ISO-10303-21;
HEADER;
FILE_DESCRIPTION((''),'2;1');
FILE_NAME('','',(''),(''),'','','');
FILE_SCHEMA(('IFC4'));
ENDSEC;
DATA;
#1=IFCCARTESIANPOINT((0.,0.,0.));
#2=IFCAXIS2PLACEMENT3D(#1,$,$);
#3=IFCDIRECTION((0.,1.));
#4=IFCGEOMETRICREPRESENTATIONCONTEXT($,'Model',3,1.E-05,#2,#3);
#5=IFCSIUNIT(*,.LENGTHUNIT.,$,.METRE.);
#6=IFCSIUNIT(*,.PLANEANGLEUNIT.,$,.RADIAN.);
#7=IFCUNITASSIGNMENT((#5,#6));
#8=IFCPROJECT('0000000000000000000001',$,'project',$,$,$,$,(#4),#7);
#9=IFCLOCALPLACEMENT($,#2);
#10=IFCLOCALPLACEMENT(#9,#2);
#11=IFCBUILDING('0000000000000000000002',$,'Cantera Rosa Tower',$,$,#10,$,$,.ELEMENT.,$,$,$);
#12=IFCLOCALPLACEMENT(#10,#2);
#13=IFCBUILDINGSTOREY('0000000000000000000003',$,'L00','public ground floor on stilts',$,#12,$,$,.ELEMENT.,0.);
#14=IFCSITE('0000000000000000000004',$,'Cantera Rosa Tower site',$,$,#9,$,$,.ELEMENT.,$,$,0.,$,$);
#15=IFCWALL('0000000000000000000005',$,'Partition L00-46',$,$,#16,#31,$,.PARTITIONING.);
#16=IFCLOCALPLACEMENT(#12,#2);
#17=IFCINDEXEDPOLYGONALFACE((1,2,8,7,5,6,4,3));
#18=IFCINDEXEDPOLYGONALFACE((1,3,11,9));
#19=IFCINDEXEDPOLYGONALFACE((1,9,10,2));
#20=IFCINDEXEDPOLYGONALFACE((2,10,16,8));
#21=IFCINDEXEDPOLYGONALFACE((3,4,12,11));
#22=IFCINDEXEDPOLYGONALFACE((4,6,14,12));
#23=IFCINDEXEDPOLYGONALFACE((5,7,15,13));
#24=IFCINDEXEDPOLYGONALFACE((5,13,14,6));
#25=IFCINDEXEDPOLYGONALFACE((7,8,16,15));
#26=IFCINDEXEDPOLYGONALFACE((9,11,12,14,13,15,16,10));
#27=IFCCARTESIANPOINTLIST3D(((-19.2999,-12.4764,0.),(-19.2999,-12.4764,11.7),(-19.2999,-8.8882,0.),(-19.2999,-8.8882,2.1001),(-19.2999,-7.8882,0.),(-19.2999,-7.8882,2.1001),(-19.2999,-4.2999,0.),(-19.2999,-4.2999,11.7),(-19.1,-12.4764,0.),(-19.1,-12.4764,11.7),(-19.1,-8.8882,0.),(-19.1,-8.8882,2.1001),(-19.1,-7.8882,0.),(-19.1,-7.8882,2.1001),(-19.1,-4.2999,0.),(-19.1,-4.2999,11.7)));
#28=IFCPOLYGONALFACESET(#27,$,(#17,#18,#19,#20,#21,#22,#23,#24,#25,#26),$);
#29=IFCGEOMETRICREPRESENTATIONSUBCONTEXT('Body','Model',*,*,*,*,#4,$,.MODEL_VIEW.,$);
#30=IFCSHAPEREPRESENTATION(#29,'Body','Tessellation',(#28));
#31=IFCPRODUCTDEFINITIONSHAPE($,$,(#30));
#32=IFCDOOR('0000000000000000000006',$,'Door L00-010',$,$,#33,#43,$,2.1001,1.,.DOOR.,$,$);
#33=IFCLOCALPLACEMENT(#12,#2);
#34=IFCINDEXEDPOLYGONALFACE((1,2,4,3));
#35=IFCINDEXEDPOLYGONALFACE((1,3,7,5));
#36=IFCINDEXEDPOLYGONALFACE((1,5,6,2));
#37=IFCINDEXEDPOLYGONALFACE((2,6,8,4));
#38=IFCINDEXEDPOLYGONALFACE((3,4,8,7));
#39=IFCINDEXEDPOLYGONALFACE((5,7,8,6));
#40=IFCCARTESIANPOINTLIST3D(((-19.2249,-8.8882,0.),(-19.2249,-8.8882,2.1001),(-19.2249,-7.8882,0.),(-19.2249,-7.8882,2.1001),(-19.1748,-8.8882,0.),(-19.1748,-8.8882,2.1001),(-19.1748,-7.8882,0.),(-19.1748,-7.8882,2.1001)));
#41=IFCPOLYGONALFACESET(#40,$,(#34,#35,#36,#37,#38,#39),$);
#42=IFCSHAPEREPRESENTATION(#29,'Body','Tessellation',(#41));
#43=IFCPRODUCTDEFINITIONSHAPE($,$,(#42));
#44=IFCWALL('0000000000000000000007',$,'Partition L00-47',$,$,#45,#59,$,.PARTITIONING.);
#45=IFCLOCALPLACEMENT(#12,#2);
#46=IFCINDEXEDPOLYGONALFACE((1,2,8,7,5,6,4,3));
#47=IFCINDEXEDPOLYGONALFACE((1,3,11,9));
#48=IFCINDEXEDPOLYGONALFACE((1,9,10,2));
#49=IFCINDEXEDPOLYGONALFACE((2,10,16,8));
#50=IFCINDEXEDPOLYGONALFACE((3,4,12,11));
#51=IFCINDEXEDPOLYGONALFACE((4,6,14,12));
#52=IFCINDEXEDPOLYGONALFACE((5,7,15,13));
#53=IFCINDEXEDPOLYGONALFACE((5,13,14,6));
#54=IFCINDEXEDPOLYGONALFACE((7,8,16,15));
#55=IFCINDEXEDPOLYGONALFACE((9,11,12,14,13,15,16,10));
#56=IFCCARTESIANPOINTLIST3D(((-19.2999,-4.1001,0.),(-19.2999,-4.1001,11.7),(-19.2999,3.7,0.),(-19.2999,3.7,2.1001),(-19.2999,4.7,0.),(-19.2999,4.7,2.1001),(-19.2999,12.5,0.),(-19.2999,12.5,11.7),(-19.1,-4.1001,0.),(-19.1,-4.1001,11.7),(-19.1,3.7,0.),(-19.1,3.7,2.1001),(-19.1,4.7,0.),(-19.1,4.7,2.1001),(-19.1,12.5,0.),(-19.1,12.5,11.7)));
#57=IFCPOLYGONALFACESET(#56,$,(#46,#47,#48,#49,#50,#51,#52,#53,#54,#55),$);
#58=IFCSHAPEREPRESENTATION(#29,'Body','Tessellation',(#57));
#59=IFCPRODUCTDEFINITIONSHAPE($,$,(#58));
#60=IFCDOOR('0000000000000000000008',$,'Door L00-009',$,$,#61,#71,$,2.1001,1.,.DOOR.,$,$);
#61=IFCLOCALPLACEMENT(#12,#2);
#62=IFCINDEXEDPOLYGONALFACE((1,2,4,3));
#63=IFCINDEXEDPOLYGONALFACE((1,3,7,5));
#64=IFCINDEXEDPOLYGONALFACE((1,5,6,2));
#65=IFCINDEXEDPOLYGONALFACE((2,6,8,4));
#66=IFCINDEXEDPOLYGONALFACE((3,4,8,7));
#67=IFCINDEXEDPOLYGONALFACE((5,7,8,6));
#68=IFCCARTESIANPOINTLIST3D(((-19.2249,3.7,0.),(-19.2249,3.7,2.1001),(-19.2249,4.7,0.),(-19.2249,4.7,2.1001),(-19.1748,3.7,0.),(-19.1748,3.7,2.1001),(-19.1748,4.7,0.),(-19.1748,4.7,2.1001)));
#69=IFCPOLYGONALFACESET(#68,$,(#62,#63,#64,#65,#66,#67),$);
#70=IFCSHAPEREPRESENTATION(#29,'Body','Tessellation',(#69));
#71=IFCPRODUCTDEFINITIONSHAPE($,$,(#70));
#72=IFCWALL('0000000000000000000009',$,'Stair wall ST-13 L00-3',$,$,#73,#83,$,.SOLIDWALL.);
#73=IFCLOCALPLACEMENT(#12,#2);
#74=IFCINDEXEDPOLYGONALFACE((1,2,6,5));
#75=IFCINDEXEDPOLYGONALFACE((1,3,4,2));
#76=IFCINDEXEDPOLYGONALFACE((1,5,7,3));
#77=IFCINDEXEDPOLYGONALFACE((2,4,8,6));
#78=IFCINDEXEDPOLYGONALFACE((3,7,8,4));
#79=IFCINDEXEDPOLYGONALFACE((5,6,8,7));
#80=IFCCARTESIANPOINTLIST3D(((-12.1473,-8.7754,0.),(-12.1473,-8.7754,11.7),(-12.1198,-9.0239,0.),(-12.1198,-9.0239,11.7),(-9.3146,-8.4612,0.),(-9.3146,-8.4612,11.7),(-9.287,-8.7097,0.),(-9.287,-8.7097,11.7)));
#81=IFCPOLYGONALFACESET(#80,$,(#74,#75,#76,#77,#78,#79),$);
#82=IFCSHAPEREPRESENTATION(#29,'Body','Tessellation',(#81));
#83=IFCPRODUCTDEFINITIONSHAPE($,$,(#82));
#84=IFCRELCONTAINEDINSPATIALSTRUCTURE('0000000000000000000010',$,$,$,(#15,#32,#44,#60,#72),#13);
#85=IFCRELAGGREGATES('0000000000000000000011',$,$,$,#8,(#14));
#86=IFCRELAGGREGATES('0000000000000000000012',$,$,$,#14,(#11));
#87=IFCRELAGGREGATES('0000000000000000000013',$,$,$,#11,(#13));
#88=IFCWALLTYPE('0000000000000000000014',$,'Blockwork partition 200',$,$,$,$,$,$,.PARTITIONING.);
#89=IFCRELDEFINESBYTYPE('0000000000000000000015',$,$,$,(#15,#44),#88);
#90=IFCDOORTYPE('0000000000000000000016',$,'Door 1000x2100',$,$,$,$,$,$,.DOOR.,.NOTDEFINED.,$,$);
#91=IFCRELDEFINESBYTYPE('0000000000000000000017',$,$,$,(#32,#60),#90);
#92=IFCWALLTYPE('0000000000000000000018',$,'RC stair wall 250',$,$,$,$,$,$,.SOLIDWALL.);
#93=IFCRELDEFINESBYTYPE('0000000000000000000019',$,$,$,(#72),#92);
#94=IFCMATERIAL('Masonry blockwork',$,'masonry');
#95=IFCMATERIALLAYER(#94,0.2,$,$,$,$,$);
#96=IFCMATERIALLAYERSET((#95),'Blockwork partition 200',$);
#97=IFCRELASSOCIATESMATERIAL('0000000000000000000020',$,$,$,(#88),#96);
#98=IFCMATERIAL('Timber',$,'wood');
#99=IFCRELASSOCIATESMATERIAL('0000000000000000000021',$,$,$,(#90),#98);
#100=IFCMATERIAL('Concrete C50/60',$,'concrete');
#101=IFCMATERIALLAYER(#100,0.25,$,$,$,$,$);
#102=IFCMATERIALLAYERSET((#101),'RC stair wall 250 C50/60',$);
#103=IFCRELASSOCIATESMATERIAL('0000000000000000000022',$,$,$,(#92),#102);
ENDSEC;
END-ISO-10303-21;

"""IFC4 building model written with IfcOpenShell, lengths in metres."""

from ifc_helpers import new_model, si_unit, direction, frame, frame_2d, origin, place, context, subcontext, project, spatial, rectangle, extrude, material, layer, layer_set, type_object, element, fill, save


model = new_model("IFC4")

# Units and contexts
model_context = context("Model", 3, precision=1e-05, world=origin(), true_north=direction((0.0, 1.0)))
body_context = subcontext(model_context, "Body", "Model", "MODEL_VIEW")
ifc_project = project(units=[si_unit("LENGTHUNIT", "METRE"), si_unit("PLANEANGLEUNIT", "RADIAN")], contexts=[model_context])

# Site, building, storey
site_placement = place(None, origin())
site = spatial("IfcSite", under=ifc_project, at=site_placement, Name="Cantera Rosa Tower site", CompositionType="ELEMENT", RefElevation=0.0)
building_placement = place(site_placement, origin())
building = spatial("IfcBuilding", under=site, at=building_placement, Name="Cantera Rosa Tower", CompositionType="ELEMENT")
storey_placement = place(building_placement, origin())
storey = spatial("IfcBuildingStorey", under=building, at=storey_placement, Name="L00", Description="public ground floor on stilts", CompositionType="ELEMENT", Elevation=0.0)

# Shared definitions
ifc_material_1 = material(Name="Masonry blockwork", Category="masonry")
ifc_layer_1 = layer(ifc_material_1, 0.2)
ifc_layer_set_1 = layer_set([ifc_layer_1], Name="Blockwork partition 200")
wall_type_1 = type_object("IfcWallType", Name="Blockwork partition 200", PredefinedType="PARTITIONING", material=ifc_layer_set_1)

# Shared definitions
ifc_material_2 = material(Name="Timber", Category="wood")
door_type = type_object("IfcDoorType", Name="Door 1000x2100", OperationType="NOTDEFINED", PredefinedType="DOOR", material=ifc_material_2)

# Walls, openings, doors
wall_1_placement = place(storey_placement, frame((-19.2, -12.4766, 0.0), z_axis=(0.0, 0.0, 1.0), x_axis=(0.0, 1.0, 0.0)))
wall_1 = element("IfcWall", 1, at=wall_1_placement, inside=storey, type_object=wall_type_1, Name="Partition L00-46", PredefinedType="PARTITIONING", context=body_context, shape_type="SweptSolid", body=[
    extrude(rectangle(XDim=8.1765, YDim=0.2, at=frame_2d((4.0884, 0.0))), origin(), (0.0, 0.0, 1.0), 11.7),
])
opening_1_placement = place(wall_1_placement, frame((3.5884, 0.0, 0.0)))
opening_1 = element("IfcOpeningElement", 2, at=opening_1_placement, cuts=wall_1, PredefinedType="OPENING", context=body_context, shape_type="SweptSolid", body=[
    extrude(rectangle(XDim=1.0, YDim=2.1001, at=frame_2d((0.5, 1.05))), frame((0.0, 0.1099, 0.0), z_axis=(0.0, -1.0, 0.0), x_axis=(1.0, 0.0, 0.0)), (0.0, 0.0, 1.0), 0.22),
])
door_1_placement = place(opening_1_placement, origin())
door_1 = element("IfcDoor", 3, at=door_1_placement, inside=storey, type_object=door_type, Name="Door L00-010", OverallHeight=2.1001, OverallWidth=1.0, PredefinedType="DOOR", context=body_context, shape_type="SweptSolid", body=[
    extrude(rectangle(XDim=1.0, YDim=2.1001, at=frame_2d((0.5, 1.05))), frame((0.0, 0.0249, 0.0), z_axis=(0.0, -1.0, 0.0), x_axis=(1.0, 0.0, 0.0)), (0.0, 0.0, 1.0), 0.05),
])
fill(opening_1, door_1)
wall_2_placement = place(storey_placement, frame((-19.2, -4.1001, 0.0), z_axis=(0.0, 0.0, 1.0), x_axis=(0.0, 1.0, 0.0)))
wall_2 = element("IfcWall", 4, at=wall_2_placement, inside=storey, type_object=wall_type_1, Name="Partition L00-47", PredefinedType="PARTITIONING", context=body_context, shape_type="SweptSolid", body=[
    extrude(rectangle(XDim=16.6001, YDim=0.2, at=frame_2d((8.3, 0.0))), origin(), (0.0, 0.0, 1.0), 11.7),
])
opening_2_placement = place(wall_2_placement, frame((7.8, 0.0, 0.0)))
opening_2 = element("IfcOpeningElement", 5, at=opening_2_placement, cuts=wall_2, PredefinedType="OPENING", context=body_context, shape_type="SweptSolid", body=[
    extrude(rectangle(XDim=1.0, YDim=2.1001, at=frame_2d((0.5, 1.05))), frame((0.0, 0.1099, 0.0), z_axis=(0.0, -1.0, 0.0), x_axis=(1.0, 0.0, 0.0)), (0.0, 0.0, 1.0), 0.22),
])
door_2_placement = place(opening_2_placement, origin())
door_2 = element("IfcDoor", 6, at=door_2_placement, inside=storey, type_object=door_type, Name="Door L00-009", OverallHeight=2.1001, OverallWidth=1.0, PredefinedType="DOOR", context=body_context, shape_type="SweptSolid", body=[
    extrude(rectangle(XDim=1.0, YDim=2.1001, at=frame_2d((0.5, 1.05))), frame((0.0, 0.0249, 0.0), z_axis=(0.0, -1.0, 0.0), x_axis=(1.0, 0.0, 0.0)), (0.0, 0.0, 1.0), 0.05),
])
fill(opening_2, door_2)

# Wall
ifc_material_3 = material(Name="Concrete C50/60", Category="concrete")
ifc_layer_2 = layer(ifc_material_3, 0.25)
ifc_layer_set_2 = layer_set([ifc_layer_2], Name="RC stair wall 250 C50/60")
wall_type_2 = type_object("IfcWallType", Name="RC stair wall 250", PredefinedType="SOLIDWALL", material=ifc_layer_set_2)
wall_3_placement = place(storey_placement, frame((-12.1335, -8.8997, 0.0), z_axis=(0.0, 0.0, 1.0), x_axis=(0.993905, 0.110243, 0.0)))
element("IfcWall", 7, at=wall_3_placement, inside=storey, type_object=wall_type_2, Name="Stair wall ST-13 L00-3", PredefinedType="SOLIDWALL", context=body_context, shape_type="SweptSolid", body=[
    extrude(rectangle(XDim=2.8501, YDim=0.25, at=frame_2d((1.425, 0.0))), origin(), (0.0, 0.0, 1.0), 11.7),
])

save(model, "model.ifc")
